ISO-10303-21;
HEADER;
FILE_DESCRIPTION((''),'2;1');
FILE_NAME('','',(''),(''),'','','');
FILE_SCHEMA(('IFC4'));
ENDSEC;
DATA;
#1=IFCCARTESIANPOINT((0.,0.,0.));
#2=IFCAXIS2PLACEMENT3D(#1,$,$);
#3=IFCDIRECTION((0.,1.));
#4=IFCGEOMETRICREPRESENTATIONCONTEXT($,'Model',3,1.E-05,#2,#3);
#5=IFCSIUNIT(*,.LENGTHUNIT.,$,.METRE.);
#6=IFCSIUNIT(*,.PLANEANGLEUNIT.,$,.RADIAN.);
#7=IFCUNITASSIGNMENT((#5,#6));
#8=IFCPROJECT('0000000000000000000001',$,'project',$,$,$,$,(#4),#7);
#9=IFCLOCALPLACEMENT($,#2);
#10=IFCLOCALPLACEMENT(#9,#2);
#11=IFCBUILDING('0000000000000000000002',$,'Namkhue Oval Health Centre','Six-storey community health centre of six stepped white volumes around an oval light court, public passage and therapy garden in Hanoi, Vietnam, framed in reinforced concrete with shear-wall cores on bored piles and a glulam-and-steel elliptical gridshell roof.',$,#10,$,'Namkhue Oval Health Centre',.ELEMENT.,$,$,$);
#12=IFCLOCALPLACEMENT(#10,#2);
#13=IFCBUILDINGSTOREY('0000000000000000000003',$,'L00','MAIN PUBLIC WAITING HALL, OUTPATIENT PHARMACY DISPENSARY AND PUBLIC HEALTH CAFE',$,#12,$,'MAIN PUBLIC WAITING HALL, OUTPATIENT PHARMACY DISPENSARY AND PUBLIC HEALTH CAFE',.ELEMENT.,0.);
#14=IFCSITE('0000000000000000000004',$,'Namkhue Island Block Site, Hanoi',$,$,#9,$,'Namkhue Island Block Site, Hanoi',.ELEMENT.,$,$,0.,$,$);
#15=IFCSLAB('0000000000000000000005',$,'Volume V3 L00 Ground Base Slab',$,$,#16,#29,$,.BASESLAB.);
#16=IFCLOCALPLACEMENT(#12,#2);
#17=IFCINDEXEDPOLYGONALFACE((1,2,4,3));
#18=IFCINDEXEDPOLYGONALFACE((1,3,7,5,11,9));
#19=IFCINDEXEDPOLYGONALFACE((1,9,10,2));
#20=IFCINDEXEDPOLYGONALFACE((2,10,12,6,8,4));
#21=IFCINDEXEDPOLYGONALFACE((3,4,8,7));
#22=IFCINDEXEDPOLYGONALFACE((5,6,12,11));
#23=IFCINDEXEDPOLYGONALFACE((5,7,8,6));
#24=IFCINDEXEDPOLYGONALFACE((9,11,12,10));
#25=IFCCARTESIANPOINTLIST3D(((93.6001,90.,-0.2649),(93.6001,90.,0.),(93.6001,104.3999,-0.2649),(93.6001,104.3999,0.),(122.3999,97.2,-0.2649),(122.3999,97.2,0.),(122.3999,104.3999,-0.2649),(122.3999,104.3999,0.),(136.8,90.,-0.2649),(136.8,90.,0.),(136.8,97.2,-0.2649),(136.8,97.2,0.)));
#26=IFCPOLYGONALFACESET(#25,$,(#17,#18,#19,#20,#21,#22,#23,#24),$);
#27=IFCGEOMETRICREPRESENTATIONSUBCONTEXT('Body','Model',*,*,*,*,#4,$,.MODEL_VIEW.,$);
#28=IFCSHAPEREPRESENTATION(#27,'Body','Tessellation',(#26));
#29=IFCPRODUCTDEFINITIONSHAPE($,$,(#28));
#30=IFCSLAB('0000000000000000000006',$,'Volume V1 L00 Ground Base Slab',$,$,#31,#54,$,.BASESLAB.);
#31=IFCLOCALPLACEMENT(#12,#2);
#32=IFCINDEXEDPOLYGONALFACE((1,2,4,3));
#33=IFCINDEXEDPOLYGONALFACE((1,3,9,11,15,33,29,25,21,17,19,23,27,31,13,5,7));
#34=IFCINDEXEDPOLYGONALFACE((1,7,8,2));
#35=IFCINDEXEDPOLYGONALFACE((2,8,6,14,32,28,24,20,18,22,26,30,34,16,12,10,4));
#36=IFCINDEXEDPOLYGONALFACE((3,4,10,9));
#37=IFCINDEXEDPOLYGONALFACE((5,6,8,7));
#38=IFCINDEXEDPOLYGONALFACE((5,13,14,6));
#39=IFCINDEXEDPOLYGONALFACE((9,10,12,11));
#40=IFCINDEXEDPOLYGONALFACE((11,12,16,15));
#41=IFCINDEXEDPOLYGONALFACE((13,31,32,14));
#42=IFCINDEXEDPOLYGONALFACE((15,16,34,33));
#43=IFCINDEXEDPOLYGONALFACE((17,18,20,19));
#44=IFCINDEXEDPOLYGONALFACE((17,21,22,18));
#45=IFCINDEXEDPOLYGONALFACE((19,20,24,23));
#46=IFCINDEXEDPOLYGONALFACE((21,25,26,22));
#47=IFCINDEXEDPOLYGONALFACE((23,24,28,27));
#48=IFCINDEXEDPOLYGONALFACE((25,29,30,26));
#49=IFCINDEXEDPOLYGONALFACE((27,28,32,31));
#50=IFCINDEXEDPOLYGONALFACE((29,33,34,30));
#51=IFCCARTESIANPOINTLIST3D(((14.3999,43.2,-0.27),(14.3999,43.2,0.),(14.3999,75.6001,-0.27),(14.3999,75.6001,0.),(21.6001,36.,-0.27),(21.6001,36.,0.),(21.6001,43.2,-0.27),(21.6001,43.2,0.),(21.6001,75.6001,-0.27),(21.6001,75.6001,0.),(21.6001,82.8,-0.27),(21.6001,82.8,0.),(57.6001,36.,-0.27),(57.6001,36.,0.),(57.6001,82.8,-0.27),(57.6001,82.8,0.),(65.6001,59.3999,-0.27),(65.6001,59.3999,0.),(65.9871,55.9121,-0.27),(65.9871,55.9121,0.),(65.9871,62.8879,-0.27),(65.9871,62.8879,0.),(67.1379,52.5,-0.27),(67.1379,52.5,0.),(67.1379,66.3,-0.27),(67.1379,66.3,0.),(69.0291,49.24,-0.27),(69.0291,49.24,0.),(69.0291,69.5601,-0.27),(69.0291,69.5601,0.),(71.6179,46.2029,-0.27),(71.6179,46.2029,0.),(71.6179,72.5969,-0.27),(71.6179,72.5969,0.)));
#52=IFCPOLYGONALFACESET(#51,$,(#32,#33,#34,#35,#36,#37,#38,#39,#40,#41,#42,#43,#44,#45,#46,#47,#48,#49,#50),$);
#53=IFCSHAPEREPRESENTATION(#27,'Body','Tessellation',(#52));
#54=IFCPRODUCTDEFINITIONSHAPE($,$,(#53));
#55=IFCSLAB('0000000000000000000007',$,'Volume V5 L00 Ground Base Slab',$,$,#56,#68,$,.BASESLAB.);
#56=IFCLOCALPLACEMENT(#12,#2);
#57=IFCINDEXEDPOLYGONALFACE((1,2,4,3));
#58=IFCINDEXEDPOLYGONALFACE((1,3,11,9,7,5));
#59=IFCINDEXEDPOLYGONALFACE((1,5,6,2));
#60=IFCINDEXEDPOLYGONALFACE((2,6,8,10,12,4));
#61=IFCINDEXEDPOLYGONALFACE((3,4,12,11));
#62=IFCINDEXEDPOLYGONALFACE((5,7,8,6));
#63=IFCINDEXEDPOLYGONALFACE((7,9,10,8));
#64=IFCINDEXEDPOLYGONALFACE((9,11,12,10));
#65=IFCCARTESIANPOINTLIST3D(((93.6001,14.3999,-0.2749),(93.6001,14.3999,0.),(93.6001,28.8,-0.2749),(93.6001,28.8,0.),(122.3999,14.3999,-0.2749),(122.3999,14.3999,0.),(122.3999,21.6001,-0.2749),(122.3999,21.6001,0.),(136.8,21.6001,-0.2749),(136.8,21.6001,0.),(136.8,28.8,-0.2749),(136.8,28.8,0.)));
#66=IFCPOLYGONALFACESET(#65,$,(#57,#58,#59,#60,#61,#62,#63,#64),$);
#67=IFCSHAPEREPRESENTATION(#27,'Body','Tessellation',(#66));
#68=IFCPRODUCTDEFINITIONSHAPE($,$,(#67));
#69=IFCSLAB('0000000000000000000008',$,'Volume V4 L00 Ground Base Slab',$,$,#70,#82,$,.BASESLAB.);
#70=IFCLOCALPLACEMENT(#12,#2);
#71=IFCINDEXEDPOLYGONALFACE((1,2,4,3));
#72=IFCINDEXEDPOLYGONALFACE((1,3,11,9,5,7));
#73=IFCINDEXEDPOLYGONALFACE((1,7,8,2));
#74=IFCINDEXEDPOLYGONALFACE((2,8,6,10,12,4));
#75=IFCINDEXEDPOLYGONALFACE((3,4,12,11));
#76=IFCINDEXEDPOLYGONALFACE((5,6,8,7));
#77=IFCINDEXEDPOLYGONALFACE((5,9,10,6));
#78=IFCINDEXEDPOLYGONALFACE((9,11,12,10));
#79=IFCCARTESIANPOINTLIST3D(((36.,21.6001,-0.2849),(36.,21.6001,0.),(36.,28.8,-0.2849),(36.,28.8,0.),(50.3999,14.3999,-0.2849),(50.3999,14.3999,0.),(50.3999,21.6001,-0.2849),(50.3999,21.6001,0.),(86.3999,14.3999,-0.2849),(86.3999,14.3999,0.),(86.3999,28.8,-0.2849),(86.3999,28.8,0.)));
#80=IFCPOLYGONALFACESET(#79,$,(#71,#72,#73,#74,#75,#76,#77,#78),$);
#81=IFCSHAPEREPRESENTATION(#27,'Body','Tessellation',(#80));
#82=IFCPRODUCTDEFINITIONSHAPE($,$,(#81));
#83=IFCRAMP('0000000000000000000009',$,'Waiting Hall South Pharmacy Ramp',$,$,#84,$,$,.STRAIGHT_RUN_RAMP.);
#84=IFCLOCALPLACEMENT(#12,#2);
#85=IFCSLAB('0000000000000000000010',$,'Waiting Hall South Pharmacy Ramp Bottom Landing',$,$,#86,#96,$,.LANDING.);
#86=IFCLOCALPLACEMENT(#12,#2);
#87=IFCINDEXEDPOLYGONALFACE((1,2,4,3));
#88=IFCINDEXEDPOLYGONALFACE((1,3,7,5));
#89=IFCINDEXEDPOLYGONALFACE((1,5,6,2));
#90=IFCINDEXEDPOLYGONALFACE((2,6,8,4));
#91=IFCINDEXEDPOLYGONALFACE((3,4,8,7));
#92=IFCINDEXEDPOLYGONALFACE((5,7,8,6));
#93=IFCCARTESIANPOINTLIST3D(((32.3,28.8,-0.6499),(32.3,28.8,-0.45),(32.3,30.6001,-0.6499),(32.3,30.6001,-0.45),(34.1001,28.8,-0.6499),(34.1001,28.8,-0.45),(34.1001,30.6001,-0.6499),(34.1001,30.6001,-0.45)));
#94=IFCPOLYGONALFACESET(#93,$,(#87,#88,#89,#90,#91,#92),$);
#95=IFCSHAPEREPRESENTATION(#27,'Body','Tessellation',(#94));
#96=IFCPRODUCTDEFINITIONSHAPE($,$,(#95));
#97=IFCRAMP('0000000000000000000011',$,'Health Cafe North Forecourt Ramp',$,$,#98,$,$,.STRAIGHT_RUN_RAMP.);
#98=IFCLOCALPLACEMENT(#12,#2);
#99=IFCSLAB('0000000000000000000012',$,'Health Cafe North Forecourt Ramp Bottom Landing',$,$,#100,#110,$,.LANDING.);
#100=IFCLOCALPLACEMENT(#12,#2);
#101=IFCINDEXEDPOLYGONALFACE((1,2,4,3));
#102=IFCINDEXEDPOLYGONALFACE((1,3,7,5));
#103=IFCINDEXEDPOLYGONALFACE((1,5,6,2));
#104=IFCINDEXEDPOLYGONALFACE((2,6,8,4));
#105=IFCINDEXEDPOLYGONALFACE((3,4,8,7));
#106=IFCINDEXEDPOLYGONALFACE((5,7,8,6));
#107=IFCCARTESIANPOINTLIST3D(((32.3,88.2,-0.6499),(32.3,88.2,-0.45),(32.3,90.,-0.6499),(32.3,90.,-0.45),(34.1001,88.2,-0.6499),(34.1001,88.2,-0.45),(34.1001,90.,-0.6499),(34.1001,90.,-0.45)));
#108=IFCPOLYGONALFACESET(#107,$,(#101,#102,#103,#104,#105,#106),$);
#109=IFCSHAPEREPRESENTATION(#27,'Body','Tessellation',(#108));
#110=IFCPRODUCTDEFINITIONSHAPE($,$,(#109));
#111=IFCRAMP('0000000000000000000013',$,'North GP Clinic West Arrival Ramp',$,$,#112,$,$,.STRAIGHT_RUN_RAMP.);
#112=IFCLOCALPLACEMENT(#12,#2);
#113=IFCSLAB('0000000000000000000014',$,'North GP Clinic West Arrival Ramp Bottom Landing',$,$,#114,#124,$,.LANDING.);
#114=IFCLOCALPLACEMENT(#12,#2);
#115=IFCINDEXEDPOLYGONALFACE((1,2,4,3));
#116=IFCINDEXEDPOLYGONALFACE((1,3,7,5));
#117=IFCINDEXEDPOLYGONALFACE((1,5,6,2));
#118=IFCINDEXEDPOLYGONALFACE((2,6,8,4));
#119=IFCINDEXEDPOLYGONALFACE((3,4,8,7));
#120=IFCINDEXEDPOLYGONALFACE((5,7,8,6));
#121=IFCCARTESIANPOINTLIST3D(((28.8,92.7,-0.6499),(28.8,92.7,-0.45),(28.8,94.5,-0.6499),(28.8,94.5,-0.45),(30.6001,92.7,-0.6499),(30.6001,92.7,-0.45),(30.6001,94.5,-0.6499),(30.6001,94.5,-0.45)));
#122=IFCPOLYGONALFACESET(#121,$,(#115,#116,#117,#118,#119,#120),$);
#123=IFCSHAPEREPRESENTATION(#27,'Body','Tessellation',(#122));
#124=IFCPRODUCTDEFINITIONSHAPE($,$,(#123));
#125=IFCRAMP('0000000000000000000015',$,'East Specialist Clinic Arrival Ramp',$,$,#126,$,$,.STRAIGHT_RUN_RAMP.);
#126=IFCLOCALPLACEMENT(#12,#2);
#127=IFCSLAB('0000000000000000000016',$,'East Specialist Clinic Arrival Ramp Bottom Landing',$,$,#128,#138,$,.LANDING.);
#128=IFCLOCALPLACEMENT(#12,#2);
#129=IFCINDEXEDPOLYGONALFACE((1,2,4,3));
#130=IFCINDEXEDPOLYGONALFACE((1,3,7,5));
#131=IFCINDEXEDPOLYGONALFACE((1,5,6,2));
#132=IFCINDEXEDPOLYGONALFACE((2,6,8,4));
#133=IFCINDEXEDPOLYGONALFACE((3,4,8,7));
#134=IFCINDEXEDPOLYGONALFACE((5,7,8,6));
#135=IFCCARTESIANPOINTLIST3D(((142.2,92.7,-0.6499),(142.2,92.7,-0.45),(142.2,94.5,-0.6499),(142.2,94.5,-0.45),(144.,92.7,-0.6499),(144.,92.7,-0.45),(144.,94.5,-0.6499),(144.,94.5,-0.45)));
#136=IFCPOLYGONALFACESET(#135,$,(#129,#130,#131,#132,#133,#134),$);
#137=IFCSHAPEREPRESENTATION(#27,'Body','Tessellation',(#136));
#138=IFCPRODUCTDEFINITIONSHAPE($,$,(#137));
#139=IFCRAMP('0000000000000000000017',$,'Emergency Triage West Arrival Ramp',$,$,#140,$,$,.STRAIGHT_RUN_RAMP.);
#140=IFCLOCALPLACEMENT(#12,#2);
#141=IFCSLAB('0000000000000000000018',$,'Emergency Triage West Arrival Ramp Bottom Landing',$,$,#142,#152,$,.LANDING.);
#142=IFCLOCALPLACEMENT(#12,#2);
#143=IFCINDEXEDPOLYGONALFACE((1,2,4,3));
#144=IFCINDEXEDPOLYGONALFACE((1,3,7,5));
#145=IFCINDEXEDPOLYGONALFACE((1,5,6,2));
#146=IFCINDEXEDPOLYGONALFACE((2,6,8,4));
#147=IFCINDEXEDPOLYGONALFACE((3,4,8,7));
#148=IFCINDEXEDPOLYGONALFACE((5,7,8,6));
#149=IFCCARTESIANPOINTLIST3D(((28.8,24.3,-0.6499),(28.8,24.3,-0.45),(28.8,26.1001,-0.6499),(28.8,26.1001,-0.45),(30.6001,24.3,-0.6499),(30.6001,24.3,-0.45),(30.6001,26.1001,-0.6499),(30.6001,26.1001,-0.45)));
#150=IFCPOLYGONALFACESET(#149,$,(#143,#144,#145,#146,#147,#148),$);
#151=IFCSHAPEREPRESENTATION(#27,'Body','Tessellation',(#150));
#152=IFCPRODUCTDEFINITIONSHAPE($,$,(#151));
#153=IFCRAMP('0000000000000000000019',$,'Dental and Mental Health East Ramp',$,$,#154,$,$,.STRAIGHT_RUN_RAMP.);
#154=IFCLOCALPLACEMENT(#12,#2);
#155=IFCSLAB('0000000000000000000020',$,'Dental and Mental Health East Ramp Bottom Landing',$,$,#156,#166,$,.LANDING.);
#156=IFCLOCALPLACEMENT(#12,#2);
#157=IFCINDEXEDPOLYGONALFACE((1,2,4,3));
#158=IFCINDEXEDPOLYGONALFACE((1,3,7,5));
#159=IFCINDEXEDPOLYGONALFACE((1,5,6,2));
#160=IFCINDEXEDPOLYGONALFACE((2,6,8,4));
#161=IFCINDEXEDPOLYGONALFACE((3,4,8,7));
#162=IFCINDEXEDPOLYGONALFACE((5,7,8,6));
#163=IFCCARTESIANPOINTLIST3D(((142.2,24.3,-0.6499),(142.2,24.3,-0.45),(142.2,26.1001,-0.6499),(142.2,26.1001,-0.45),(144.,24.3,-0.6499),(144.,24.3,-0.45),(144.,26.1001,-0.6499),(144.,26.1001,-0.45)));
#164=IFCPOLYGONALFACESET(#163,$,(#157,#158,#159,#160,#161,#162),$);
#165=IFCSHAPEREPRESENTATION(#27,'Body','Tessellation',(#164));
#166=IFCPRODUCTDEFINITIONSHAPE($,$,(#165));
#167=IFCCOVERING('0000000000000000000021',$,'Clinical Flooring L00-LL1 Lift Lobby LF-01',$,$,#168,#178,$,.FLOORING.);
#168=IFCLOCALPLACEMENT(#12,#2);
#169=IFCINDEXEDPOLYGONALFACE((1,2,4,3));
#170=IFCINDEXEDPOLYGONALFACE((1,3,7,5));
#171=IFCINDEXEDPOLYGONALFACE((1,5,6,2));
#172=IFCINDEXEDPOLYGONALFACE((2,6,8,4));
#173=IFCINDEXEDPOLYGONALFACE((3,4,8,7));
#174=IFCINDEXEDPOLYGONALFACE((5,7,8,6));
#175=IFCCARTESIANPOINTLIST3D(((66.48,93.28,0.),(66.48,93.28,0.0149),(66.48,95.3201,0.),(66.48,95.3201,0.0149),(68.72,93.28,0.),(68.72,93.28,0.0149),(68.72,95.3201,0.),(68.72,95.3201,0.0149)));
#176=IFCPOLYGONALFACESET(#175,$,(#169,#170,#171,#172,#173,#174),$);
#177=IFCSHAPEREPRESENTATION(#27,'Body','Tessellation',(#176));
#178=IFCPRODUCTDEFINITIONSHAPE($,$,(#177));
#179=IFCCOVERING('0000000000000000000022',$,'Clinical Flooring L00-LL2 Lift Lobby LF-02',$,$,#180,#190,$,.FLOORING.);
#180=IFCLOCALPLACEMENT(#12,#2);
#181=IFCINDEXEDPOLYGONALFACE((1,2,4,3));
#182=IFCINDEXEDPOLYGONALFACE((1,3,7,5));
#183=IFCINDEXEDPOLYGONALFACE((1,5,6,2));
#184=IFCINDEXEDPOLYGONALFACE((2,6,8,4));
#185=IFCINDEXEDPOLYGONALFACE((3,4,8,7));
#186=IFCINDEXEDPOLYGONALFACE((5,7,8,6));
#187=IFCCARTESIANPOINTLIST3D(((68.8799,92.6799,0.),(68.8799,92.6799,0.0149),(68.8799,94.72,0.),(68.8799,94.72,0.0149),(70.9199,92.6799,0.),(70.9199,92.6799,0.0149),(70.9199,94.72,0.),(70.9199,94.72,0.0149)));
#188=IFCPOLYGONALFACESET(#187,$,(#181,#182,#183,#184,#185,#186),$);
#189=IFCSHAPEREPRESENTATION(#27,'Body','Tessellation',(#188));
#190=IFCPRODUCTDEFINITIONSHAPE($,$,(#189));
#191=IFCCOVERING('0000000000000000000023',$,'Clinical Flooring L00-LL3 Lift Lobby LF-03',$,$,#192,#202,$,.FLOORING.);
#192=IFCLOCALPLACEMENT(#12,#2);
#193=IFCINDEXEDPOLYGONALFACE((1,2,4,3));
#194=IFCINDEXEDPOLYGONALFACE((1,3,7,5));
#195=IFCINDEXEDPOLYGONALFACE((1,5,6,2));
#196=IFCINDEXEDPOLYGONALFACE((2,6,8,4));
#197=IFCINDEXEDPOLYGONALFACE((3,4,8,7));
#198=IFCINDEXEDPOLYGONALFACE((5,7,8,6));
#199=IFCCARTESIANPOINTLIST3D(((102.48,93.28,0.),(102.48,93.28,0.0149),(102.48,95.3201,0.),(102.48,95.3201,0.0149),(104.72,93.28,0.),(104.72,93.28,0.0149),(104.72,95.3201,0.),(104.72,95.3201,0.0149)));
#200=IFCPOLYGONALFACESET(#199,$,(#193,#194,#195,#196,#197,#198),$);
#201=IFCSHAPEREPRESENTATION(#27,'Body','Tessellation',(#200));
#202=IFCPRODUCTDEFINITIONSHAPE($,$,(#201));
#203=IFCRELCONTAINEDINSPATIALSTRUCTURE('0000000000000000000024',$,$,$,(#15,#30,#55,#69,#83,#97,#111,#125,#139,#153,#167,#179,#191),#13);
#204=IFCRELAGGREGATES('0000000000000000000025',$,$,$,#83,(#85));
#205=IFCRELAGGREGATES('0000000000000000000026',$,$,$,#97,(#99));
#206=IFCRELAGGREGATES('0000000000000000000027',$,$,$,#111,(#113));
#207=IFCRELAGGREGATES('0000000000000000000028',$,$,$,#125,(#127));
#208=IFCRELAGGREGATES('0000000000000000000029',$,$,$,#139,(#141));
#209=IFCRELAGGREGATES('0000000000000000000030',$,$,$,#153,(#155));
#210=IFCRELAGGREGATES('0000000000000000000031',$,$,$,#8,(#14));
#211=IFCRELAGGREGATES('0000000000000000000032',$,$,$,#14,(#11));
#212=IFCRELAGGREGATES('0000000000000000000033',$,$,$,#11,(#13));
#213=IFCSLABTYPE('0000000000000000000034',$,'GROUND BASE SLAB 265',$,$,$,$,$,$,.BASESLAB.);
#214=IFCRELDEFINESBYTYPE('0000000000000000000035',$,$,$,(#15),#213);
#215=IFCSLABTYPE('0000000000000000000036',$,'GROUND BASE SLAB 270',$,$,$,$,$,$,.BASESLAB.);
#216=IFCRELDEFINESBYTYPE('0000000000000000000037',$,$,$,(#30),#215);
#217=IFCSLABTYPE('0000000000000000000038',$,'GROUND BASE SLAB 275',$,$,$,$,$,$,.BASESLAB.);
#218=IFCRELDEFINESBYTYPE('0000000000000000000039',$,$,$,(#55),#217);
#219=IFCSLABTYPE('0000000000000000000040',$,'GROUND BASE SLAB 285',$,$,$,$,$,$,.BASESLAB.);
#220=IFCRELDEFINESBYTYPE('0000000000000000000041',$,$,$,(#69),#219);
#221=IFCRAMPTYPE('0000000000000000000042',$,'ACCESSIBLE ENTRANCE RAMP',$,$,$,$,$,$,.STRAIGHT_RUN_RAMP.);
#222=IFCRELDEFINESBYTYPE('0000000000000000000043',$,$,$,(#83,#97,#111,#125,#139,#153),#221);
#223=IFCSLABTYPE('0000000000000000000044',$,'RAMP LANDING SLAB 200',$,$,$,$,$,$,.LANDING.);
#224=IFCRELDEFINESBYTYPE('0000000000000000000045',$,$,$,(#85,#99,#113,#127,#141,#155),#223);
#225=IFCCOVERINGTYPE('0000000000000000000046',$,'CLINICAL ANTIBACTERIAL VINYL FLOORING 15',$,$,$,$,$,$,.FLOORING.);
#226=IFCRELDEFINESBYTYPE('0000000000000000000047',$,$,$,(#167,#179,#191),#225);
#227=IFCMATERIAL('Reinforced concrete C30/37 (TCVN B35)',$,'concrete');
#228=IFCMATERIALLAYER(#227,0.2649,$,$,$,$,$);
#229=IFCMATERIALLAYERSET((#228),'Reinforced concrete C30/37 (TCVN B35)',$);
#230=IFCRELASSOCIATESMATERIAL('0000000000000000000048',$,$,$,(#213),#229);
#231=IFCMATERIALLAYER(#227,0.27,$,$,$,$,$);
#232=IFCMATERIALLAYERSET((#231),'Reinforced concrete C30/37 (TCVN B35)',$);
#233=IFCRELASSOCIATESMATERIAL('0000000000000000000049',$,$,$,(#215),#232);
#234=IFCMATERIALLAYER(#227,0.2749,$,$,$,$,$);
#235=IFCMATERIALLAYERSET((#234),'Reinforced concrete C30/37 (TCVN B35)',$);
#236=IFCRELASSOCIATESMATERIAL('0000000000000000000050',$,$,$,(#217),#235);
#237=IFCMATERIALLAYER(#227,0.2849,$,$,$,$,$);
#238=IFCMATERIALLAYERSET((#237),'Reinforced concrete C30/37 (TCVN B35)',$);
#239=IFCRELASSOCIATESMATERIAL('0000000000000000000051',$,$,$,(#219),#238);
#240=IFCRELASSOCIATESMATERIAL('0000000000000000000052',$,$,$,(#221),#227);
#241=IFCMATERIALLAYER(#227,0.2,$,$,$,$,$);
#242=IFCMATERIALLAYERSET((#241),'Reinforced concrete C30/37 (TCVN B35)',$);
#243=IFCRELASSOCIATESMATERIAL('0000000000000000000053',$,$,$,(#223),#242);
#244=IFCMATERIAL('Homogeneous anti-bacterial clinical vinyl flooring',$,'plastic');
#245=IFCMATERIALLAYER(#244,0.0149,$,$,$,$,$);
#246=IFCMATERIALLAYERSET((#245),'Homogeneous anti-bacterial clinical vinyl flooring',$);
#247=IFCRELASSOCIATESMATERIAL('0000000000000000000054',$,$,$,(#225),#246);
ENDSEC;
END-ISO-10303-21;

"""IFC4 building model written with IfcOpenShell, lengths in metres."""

from ifc_helpers import new_model, si_unit, direction, frame, origin, place, context, subcontext, project, spatial, polyline, outline, extrude, material, layer, layer_set, type_object, element, aggregate, save


model = new_model("IFC4")

# Units and contexts
model_context = context("Model", 3, precision=1e-05, world=origin(), true_north=direction((0.0, 1.0)))
body_context = subcontext(model_context, "Body", "Model", "MODEL_VIEW")
ifc_project = project(units=[si_unit("LENGTHUNIT", "METRE"), si_unit("PLANEANGLEUNIT", "RADIAN")], contexts=[model_context])

# Site, building, storey
site_placement = place(None, origin())
site = spatial("IfcSite", under=ifc_project, at=site_placement, Name="Namkhue Island Block Site, Hanoi", LongName="Namkhue Island Block Site, Hanoi", CompositionType="ELEMENT", RefElevation=0.0)
building_placement = place(site_placement, origin())
building = spatial("IfcBuilding", under=site, at=building_placement, Name="Namkhue Oval Health Centre", Description="Six-storey community health centre of six stepped white volumes around an oval light court, public passage and therapy garden in Hanoi, Vietnam, framed in reinforced concrete with shear-wall cores on bored piles and a glulam-and-steel elliptical gridshell roof.", LongName="Namkhue Oval Health Centre", CompositionType="ELEMENT")
storey_placement = place(building_placement, origin())
storey = spatial("IfcBuildingStorey", under=building, at=storey_placement, Name="L00", Description="MAIN PUBLIC WAITING HALL, OUTPATIENT PHARMACY DISPENSARY AND PUBLIC HEALTH CAFE", LongName="MAIN PUBLIC WAITING HALL, OUTPATIENT PHARMACY DISPENSARY AND PUBLIC HEALTH CAFE", CompositionType="ELEMENT", Elevation=0.0)

# Slabs
ifc_material_1 = material(Name="Reinforced concrete C30/37 (TCVN B35)", Category="concrete")
ifc_layer_1 = layer(ifc_material_1, 0.2649)
ifc_layer_set_1 = layer_set([ifc_layer_1], Name="Reinforced concrete C30/37 (TCVN B35)")
slab_type_1 = type_object("IfcSlabType", Name="GROUND BASE SLAB 265", PredefinedType="BASESLAB", material=ifc_layer_set_1)
slab_1_placement = place(storey_placement, frame((0.0, 0.0, -0.2649)))
element("IfcSlab", 1, at=slab_1_placement, inside=storey, type_object=slab_type_1, Name="Volume V3 L00 Ground Base Slab", PredefinedType="BASESLAB", context=body_context, shape_type="SweptSolid", body=[
    extrude(outline(polyline([(93.6001, 90.0), (136.8, 90.0), (136.8, 97.2), (122.3999, 97.2), (122.3999, 104.3999), (93.6001, 104.3999), (93.6001, 90.0)])), origin(), (0.0, 0.0, 1.0), 0.2649),
])
ifc_layer_2 = layer(ifc_material_1, 0.27)
ifc_layer_set_2 = layer_set([ifc_layer_2], Name="Reinforced concrete C30/37 (TCVN B35)")
slab_type_2 = type_object("IfcSlabType", Name="GROUND BASE SLAB 270", PredefinedType="BASESLAB", material=ifc_layer_set_2)
slab_2_placement = place(storey_placement, frame((0.0, 0.0, -0.27)))
element("IfcSlab", 2, at=slab_2_placement, inside=storey, type_object=slab_type_2, Name="Volume V1 L00 Ground Base Slab", PredefinedType="BASESLAB", context=body_context, shape_type="SweptSolid", body=[
    extrude(outline(polyline([(21.6001, 36.0), (57.6001, 36.0), (71.6179, 46.2029), (69.0291, 49.24), (67.1379, 52.5), (65.9871, 55.9121), (65.6001, 59.3999), (65.9871, 62.8879), (67.1379, 66.3), (69.0291, 69.5601), (71.6179, 72.5969), (57.6001, 82.8), (21.6001, 82.8), (21.6001, 75.6001), (14.3999, 75.6001), (14.3999, 43.2), (21.6001, 43.2), (21.6001, 36.0)])), origin(), (0.0, 0.0, 1.0), 0.27),
])
ifc_layer_3 = layer(ifc_material_1, 0.2749)
ifc_layer_set_3 = layer_set([ifc_layer_3], Name="Reinforced concrete C30/37 (TCVN B35)")
slab_type_3 = type_object("IfcSlabType", Name="GROUND BASE SLAB 275", PredefinedType="BASESLAB", material=ifc_layer_set_3)
slab_3_placement = place(storey_placement, frame((0.0, 0.0, -0.2749)))
element("IfcSlab", 3, at=slab_3_placement, inside=storey, type_object=slab_type_3, Name="Volume V5 L00 Ground Base Slab", PredefinedType="BASESLAB", context=body_context, shape_type="SweptSolid", body=[
    extrude(outline(polyline([(93.6001, 14.3999), (122.3999, 14.3999), (122.3999, 21.6001), (136.8, 21.6001), (136.8, 28.8), (93.6001, 28.8), (93.6001, 14.3999)])), origin(), (0.0, 0.0, 1.0), 0.2749),
])
ifc_layer_4 = layer(ifc_material_1, 0.2849)
ifc_layer_set_4 = layer_set([ifc_layer_4], Name="Reinforced concrete C30/37 (TCVN B35)")
slab_type_4 = type_object("IfcSlabType", Name="GROUND BASE SLAB 285", PredefinedType="BASESLAB", material=ifc_layer_set_4)
slab_4_placement = place(storey_placement, frame((0.0, 0.0, -0.2849)))
element("IfcSlab", 4, at=slab_4_placement, inside=storey, type_object=slab_type_4, Name="Volume V4 L00 Ground Base Slab", PredefinedType="BASESLAB", context=body_context, shape_type="SweptSolid", body=[
    extrude(outline(polyline([(50.3999, 14.3999), (86.3999, 14.3999), (86.3999, 28.8), (36.0, 28.8), (36.0, 21.6001), (50.3999, 21.6001), (50.3999, 14.3999)])), origin(), (0.0, 0.0, 1.0), 0.2849),
])

# Ramps, slabs
ramp_type = type_object("IfcRampType", Name="ACCESSIBLE ENTRANCE RAMP", PredefinedType="STRAIGHT_RUN_RAMP", material=ifc_material_1)
ramp_1_placement = place(storey_placement, origin())
ramp_1 = element("IfcRamp", 5, at=ramp_1_placement, inside=storey, type_object=ramp_type, Name="Waiting Hall South Pharmacy Ramp", PredefinedType="STRAIGHT_RUN_RAMP")
ifc_layer_5 = layer(ifc_material_1, 0.2)
ifc_layer_set_5 = layer_set([ifc_layer_5], Name="Reinforced concrete C30/37 (TCVN B35)")
slab_type_5 = type_object("IfcSlabType", Name="RAMP LANDING SLAB 200", PredefinedType="LANDING", material=ifc_layer_set_5)
slab_5_placement = place(storey_placement, frame((0.0, 0.0, -0.6499)))
slab_5 = element("IfcSlab", 6, at=slab_5_placement, type_object=slab_type_5, Name="Waiting Hall South Pharmacy Ramp Bottom Landing", PredefinedType="LANDING", context=body_context, shape_type="SweptSolid", body=[
    extrude(outline(polyline([(34.1001, 28.8), (34.1001, 30.6001), (32.3, 30.6001), (32.3, 28.8), (34.1001, 28.8)])), origin(), (0.0, 0.0, 1.0), 0.2),
])
aggregate(ramp_1, [slab_5])
ramp_2_placement = place(storey_placement, origin())
ramp_2 = element("IfcRamp", 7, at=ramp_2_placement, inside=storey, type_object=ramp_type, Name="Health Cafe North Forecourt Ramp", PredefinedType="STRAIGHT_RUN_RAMP")
slab_6_placement = place(storey_placement, frame((0.0, 0.0, -0.6499)))
slab_6 = element("IfcSlab", 8, at=slab_6_placement, type_object=slab_type_5, Name="Health Cafe North Forecourt Ramp Bottom Landing", PredefinedType="LANDING", context=body_context, shape_type="SweptSolid", body=[
    extrude(outline(polyline([(32.3, 90.0), (32.3, 88.2), (34.1001, 88.2), (34.1001, 90.0), (32.3, 90.0)])), origin(), (0.0, 0.0, 1.0), 0.2),
])
aggregate(ramp_2, [slab_6])
ramp_3_placement = place(storey_placement, origin())
ramp_3 = element("IfcRamp", 9, at=ramp_3_placement, inside=storey, type_object=ramp_type, Name="North GP Clinic West Arrival Ramp", PredefinedType="STRAIGHT_RUN_RAMP")
slab_7_placement = place(storey_placement, frame((0.0, 0.0, -0.6499)))
slab_7 = element("IfcSlab", 10, at=slab_7_placement, type_object=slab_type_5, Name="North GP Clinic West Arrival Ramp Bottom Landing", PredefinedType="LANDING", context=body_context, shape_type="SweptSolid", body=[
    extrude(outline(polyline([(28.8, 92.7), (30.6001, 92.7), (30.6001, 94.5), (28.8, 94.5), (28.8, 92.7)])), origin(), (0.0, 0.0, 1.0), 0.2),
])
aggregate(ramp_3, [slab_7])
ramp_4_placement = place(storey_placement, origin())
ramp_4 = element("IfcRamp", 11, at=ramp_4_placement, inside=storey, type_object=ramp_type, Name="East Specialist Clinic Arrival Ramp", PredefinedType="STRAIGHT_RUN_RAMP")
slab_8_placement = place(storey_placement, frame((0.0, 0.0, -0.6499)))
slab_8 = element("IfcSlab", 12, at=slab_8_placement, type_object=slab_type_5, Name="East Specialist Clinic Arrival Ramp Bottom Landing", PredefinedType="LANDING", context=body_context, shape_type="SweptSolid", body=[
    extrude(outline(polyline([(144.0, 94.5), (142.2, 94.5), (142.2, 92.7), (144.0, 92.7), (144.0, 94.5)])), origin(), (0.0, 0.0, 1.0), 0.2),
])
aggregate(ramp_4, [slab_8])
ramp_5_placement = place(storey_placement, origin())
ramp_5 = element("IfcRamp", 13, at=ramp_5_placement, inside=storey, type_object=ramp_type, Name="Emergency Triage West Arrival Ramp", PredefinedType="STRAIGHT_RUN_RAMP")
slab_9_placement = place(storey_placement, frame((0.0, 0.0, -0.6499)))
slab_9 = element("IfcSlab", 14, at=slab_9_placement, type_object=slab_type_5, Name="Emergency Triage West Arrival Ramp Bottom Landing", PredefinedType="LANDING", context=body_context, shape_type="SweptSolid", body=[
    extrude(outline(polyline([(28.8, 24.3), (30.6001, 24.3), (30.6001, 26.1001), (28.8, 26.1001), (28.8, 24.3)])), origin(), (0.0, 0.0, 1.0), 0.2),
])
aggregate(ramp_5, [slab_9])
ramp_6_placement = place(storey_placement, origin())
ramp_6 = element("IfcRamp", 15, at=ramp_6_placement, inside=storey, type_object=ramp_type, Name="Dental and Mental Health East Ramp", PredefinedType="STRAIGHT_RUN_RAMP")
slab_10_placement = place(storey_placement, frame((0.0, 0.0, -0.6499)))
slab_10 = element("IfcSlab", 16, at=slab_10_placement, type_object=slab_type_5, Name="Dental and Mental Health East Ramp Bottom Landing", PredefinedType="LANDING", context=body_context, shape_type="SweptSolid", body=[
    extrude(outline(polyline([(144.0, 26.1001), (142.2, 26.1001), (142.2, 24.3), (144.0, 24.3), (144.0, 26.1001)])), origin(), (0.0, 0.0, 1.0), 0.2),
])
aggregate(ramp_6, [slab_10])

# Coverings
ifc_material_2 = material(Name="Homogeneous anti-bacterial clinical vinyl flooring", Category="plastic")
ifc_layer_6 = layer(ifc_material_2, 0.0149)
ifc_layer_set_6 = layer_set([ifc_layer_6], Name="Homogeneous anti-bacterial clinical vinyl flooring")
covering_type = type_object("IfcCoveringType", Name="CLINICAL ANTIBACTERIAL VINYL FLOORING 15", PredefinedType="FLOORING", material=ifc_layer_set_6)
covering_1_placement = place(storey_placement, origin())
element("IfcCovering", 17, at=covering_1_placement, inside=storey, type_object=covering_type, Name="Clinical Flooring L00-LL1 Lift Lobby LF-01", PredefinedType="FLOORING", context=body_context, shape_type="SweptSolid", body=[
    extrude(outline(polyline([(66.48, 93.28), (66.48, 95.3201), (68.72, 95.3201), (68.72, 93.28), (66.48, 93.28)])), origin(), (0.0, 0.0, 1.0), 0.0149),
])
covering_2_placement = place(storey_placement, origin())
element("IfcCovering", 18, at=covering_2_placement, inside=storey, type_object=covering_type, Name="Clinical Flooring L00-LL2 Lift Lobby LF-02", PredefinedType="FLOORING", context=body_context, shape_type="SweptSolid", body=[
    extrude(outline(polyline([(68.8799, 92.6799), (68.8799, 94.72), (70.9199, 94.72), (70.9199, 92.6799), (68.8799, 92.6799)])), origin(), (0.0, 0.0, 1.0), 0.0149),
])
covering_3_placement = place(storey_placement, origin())
element("IfcCovering", 19, at=covering_3_placement, inside=storey, type_object=covering_type, Name="Clinical Flooring L00-LL3 Lift Lobby LF-03", PredefinedType="FLOORING", context=body_context, shape_type="SweptSolid", body=[
    extrude(outline(polyline([(102.48, 93.28), (102.48, 95.3201), (104.72, 95.3201), (104.72, 93.28), (102.48, 93.28)])), origin(), (0.0, 0.0, 1.0), 0.0149),
])

save(model, "model.ifc")
